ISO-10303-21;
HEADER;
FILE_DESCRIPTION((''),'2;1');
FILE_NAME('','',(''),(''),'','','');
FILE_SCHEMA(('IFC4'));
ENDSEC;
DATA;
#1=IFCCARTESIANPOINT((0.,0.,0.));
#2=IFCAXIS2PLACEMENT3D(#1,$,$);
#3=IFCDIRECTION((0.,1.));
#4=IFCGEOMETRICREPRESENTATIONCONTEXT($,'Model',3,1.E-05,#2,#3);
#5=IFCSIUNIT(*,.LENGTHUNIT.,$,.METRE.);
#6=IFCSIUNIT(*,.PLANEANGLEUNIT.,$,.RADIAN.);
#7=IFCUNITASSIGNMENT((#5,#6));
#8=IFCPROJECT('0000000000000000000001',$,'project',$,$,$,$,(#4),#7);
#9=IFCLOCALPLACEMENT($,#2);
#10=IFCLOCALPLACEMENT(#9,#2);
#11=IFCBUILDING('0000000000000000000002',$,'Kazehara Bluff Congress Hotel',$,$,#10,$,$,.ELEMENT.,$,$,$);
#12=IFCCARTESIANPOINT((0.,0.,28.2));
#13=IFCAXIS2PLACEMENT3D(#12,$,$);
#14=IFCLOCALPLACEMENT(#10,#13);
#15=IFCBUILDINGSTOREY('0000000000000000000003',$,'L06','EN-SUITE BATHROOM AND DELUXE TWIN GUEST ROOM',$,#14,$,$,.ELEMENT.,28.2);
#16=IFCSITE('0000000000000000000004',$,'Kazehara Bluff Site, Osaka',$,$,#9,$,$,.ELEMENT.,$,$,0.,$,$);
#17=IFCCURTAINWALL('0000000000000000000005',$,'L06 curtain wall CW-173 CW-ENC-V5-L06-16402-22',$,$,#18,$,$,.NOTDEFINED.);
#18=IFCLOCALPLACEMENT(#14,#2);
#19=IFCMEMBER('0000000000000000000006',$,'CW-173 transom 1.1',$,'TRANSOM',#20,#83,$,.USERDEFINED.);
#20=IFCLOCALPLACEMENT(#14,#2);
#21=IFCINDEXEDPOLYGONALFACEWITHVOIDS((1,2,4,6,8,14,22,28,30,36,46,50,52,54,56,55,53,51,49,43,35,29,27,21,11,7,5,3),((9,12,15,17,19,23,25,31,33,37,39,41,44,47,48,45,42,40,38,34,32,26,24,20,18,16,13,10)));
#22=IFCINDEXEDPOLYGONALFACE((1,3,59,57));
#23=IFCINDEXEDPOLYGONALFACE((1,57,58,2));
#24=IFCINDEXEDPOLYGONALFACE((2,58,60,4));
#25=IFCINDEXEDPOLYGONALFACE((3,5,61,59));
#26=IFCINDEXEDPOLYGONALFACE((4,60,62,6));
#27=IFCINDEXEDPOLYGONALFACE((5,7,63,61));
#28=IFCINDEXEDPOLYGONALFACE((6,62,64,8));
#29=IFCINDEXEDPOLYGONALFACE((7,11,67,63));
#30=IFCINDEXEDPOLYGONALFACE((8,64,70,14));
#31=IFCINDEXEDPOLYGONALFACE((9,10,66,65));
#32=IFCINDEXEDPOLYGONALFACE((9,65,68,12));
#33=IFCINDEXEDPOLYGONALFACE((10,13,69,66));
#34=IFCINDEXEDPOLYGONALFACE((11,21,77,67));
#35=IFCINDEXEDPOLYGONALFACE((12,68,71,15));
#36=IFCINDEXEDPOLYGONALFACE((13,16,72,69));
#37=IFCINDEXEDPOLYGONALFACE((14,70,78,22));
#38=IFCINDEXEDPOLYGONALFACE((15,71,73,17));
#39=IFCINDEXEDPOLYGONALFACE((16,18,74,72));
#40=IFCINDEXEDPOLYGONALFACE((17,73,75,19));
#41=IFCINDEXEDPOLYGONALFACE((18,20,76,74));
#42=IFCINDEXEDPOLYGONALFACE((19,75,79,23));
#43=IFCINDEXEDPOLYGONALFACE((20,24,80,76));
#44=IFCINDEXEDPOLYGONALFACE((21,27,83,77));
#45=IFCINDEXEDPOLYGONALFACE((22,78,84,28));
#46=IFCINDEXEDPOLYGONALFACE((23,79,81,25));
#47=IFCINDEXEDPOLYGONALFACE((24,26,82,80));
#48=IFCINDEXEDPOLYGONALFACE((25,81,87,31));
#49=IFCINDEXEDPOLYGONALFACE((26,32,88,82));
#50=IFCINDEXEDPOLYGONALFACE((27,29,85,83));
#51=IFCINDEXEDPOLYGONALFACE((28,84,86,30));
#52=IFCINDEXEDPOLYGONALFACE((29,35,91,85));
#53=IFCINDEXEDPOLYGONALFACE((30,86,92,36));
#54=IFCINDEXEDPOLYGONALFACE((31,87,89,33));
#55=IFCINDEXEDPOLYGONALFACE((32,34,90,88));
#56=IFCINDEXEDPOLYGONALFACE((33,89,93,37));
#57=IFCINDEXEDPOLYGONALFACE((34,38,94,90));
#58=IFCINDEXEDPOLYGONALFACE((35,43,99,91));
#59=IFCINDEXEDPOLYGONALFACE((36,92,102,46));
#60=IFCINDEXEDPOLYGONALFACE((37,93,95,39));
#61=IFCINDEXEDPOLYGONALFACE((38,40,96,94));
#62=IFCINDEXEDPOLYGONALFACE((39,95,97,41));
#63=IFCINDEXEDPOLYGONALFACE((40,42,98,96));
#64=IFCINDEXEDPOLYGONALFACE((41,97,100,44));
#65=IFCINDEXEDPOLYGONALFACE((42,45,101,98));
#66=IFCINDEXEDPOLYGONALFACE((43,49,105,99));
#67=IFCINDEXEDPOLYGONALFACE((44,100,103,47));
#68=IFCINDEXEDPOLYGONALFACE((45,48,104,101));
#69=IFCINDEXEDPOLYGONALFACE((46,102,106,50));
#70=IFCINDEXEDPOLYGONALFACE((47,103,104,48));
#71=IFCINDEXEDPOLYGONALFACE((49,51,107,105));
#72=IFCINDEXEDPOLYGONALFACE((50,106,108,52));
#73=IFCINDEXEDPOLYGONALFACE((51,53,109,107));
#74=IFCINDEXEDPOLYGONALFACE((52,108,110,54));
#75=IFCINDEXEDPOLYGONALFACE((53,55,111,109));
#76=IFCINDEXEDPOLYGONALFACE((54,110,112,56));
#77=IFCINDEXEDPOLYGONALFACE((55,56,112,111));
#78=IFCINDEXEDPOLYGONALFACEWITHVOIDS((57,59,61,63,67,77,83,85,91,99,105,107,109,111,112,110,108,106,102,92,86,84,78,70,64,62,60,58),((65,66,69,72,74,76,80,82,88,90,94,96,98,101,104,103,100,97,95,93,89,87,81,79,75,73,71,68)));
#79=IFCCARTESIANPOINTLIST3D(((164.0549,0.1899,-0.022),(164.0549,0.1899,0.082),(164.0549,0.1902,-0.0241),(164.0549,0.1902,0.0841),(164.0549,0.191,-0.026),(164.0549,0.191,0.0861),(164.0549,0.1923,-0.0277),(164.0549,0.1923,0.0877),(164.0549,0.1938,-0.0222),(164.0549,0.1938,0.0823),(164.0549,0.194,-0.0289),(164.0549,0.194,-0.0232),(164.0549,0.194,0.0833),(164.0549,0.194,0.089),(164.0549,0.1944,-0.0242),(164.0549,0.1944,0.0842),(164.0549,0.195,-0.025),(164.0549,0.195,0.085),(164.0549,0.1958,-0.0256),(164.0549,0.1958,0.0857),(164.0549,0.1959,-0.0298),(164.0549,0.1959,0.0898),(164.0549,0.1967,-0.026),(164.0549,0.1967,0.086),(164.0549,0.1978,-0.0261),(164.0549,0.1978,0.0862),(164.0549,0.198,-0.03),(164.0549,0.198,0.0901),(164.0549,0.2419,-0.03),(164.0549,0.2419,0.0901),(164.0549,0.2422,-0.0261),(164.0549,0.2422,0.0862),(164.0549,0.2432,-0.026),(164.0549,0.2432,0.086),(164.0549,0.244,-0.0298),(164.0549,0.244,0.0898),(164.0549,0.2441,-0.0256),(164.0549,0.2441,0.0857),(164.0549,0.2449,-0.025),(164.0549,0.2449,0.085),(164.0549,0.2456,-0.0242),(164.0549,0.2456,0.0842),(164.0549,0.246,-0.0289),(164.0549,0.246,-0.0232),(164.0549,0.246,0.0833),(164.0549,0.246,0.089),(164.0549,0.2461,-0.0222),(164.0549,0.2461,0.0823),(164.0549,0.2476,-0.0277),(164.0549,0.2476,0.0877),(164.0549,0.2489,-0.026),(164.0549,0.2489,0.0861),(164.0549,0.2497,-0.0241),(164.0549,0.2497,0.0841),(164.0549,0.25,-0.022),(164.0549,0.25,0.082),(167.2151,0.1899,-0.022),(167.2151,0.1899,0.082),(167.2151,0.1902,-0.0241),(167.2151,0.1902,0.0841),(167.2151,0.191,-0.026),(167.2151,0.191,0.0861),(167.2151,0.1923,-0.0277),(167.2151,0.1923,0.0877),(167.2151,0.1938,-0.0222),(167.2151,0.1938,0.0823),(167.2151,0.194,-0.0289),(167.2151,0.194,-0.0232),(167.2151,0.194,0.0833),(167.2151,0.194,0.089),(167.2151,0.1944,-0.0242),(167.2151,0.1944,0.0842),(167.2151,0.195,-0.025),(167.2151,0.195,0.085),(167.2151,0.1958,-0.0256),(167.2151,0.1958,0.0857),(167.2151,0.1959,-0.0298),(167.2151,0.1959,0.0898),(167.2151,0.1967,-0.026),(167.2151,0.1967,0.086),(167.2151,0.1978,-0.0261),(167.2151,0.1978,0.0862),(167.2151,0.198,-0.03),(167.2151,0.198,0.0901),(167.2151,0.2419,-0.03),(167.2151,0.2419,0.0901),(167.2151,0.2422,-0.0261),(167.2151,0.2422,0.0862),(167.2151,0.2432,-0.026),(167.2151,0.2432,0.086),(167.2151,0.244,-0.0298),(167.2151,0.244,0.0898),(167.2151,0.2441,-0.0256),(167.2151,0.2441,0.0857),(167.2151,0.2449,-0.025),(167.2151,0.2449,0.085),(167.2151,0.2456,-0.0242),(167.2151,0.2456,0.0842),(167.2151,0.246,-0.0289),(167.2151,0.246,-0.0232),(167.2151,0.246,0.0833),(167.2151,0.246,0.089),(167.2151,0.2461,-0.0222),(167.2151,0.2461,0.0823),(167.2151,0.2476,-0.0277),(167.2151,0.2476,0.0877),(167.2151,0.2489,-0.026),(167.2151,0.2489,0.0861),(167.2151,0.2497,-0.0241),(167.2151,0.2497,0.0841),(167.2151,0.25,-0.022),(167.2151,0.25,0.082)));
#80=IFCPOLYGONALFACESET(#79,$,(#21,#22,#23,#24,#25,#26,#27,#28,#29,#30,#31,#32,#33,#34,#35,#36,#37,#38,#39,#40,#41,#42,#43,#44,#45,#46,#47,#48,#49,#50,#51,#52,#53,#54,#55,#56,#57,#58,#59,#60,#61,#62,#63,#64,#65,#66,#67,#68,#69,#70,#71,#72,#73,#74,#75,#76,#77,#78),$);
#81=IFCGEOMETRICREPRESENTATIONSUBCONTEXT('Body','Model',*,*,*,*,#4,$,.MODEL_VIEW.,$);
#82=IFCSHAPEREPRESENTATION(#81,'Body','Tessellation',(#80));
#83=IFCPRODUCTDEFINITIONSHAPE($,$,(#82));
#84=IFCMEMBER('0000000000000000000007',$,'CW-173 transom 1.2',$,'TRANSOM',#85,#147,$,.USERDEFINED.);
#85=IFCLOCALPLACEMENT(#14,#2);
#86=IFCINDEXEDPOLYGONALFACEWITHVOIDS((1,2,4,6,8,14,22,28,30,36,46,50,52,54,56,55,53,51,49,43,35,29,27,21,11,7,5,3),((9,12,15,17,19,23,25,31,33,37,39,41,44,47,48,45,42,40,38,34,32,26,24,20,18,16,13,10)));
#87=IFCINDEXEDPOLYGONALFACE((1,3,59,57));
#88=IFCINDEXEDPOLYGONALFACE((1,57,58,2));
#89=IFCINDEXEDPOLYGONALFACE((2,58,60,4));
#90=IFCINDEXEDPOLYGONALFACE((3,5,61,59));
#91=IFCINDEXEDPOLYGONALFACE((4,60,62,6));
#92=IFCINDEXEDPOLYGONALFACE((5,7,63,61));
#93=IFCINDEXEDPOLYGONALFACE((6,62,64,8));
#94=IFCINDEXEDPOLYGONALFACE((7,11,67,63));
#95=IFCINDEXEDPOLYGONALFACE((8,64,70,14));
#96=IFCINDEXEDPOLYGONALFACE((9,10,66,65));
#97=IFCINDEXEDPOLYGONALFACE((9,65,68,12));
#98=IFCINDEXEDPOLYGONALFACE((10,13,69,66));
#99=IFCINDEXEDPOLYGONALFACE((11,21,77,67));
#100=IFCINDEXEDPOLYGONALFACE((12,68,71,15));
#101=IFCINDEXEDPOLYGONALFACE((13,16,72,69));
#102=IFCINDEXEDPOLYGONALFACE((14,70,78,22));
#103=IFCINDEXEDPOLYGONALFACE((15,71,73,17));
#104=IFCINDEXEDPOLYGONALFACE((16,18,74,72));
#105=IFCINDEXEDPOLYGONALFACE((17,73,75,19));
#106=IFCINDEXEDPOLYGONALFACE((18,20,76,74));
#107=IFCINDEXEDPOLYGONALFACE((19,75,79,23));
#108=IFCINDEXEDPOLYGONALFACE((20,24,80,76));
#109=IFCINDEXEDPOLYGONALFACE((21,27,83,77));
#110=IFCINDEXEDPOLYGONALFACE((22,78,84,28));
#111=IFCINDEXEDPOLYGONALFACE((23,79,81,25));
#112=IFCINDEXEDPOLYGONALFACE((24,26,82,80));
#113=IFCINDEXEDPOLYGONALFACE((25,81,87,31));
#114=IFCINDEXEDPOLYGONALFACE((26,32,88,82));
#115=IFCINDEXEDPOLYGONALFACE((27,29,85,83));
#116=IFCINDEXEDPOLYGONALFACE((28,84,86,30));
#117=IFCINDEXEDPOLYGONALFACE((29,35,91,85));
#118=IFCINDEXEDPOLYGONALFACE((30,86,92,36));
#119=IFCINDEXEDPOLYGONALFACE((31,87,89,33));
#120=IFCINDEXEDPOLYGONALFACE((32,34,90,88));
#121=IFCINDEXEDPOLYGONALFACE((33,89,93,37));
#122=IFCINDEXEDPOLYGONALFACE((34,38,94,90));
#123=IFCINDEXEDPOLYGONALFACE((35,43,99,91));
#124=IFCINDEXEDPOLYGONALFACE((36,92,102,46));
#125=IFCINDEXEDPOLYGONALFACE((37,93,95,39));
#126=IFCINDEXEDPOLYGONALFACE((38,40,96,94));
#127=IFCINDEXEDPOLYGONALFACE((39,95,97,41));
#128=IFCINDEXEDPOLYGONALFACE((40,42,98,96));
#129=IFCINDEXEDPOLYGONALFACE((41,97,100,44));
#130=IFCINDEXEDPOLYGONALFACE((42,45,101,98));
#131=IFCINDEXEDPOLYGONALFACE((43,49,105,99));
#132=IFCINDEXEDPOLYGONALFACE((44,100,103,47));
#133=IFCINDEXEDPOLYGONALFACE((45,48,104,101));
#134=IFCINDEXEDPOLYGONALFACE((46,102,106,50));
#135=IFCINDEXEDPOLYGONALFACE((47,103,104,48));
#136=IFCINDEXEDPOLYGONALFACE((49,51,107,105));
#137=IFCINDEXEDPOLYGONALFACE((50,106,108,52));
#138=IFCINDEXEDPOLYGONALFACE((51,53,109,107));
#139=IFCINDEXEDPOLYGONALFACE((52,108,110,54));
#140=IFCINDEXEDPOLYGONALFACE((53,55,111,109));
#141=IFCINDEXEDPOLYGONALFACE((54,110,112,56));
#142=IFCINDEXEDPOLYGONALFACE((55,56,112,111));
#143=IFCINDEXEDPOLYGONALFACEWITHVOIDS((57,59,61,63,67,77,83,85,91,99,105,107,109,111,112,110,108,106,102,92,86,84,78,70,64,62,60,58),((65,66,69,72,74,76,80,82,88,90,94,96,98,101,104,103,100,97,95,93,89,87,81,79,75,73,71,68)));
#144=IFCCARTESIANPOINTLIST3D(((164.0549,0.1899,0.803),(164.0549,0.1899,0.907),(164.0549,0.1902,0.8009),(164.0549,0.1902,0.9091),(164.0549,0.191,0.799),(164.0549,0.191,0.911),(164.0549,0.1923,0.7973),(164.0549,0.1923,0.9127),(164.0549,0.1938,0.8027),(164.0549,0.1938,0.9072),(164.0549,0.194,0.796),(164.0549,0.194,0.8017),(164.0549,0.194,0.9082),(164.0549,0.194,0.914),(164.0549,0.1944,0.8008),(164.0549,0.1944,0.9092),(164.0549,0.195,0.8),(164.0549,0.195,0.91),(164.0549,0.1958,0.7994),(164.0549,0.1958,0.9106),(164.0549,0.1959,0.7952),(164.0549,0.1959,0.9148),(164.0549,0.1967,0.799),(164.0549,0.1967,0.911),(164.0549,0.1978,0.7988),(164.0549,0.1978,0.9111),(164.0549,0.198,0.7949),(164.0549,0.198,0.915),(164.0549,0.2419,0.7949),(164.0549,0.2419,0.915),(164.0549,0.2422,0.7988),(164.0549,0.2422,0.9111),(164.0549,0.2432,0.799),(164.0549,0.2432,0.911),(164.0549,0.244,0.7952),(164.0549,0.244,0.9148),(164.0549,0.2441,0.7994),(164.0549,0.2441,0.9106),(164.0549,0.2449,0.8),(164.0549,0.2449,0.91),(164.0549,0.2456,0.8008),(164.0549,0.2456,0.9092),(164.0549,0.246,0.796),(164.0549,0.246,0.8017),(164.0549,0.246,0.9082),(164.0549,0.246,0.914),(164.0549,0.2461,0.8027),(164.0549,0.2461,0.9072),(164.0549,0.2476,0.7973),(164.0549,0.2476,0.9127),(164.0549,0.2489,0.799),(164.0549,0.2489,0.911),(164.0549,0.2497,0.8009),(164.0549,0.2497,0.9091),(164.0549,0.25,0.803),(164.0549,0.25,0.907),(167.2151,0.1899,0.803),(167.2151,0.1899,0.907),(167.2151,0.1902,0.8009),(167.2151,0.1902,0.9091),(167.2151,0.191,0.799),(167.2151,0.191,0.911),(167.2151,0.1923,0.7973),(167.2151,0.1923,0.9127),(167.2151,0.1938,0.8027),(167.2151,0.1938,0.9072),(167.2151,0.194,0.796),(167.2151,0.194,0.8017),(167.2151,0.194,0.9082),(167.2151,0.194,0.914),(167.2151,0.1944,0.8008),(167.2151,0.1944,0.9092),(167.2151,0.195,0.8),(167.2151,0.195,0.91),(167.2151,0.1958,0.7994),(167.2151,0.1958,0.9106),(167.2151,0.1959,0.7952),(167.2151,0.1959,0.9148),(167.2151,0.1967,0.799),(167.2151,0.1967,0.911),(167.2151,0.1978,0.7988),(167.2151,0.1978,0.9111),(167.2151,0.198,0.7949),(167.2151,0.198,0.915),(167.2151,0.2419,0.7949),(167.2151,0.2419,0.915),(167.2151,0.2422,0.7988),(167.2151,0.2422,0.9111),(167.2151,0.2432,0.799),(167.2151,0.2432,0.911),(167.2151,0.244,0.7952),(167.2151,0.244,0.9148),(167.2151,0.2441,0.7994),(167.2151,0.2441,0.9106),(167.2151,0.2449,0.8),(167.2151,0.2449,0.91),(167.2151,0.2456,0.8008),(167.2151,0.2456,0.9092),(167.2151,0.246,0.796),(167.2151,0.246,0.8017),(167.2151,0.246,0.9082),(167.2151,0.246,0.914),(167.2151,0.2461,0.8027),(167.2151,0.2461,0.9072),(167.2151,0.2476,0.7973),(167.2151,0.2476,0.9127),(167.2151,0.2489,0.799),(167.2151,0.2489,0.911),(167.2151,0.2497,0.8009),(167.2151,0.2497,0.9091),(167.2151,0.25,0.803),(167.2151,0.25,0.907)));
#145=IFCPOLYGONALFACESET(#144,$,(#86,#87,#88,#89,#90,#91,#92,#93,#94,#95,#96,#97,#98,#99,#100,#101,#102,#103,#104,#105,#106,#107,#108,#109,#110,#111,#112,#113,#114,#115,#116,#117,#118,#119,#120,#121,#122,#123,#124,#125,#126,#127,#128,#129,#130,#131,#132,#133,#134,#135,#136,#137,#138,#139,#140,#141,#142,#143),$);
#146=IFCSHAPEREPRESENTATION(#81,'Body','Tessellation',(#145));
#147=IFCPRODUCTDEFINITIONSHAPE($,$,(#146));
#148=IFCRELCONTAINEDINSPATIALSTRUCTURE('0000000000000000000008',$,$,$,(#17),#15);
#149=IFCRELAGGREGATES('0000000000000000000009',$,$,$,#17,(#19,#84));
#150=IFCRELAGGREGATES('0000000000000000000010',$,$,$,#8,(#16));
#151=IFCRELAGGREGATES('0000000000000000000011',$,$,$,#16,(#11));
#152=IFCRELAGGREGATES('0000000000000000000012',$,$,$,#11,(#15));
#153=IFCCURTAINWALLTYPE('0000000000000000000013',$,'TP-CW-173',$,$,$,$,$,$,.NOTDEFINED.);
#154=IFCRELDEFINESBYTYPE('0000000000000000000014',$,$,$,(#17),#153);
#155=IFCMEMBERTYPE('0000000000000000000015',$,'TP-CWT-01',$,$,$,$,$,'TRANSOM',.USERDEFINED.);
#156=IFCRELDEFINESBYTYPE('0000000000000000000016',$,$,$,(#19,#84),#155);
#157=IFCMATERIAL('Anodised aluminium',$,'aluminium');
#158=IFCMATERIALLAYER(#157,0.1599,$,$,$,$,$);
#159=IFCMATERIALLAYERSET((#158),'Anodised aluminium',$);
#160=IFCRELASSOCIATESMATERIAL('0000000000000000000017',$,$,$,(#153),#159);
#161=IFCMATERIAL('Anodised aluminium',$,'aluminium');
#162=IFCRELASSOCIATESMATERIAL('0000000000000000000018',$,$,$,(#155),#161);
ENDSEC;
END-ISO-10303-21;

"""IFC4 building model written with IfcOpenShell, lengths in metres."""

from ifc_helpers import new_model, si_unit, direction, frame, origin, origin_2d, place, context, subcontext, project, spatial, hollow_rectangle, extrude, material, layer, layer_set, material_profile, profile_set, type_object, element, aggregate, save


model = new_model("IFC4")

# Units and contexts
model_context = context("Model", 3, precision=1e-05, world=origin(), true_north=direction((0.0, 1.0)))
body_context = subcontext(model_context, "Body", "Model", "MODEL_VIEW")
ifc_project = project(units=[si_unit("LENGTHUNIT", "METRE"), si_unit("PLANEANGLEUNIT", "RADIAN")], contexts=[model_context])

# Site, building, storey
site_placement = place(None, origin())
site = spatial("IfcSite", under=ifc_project, at=site_placement, Name="Kazehara Bluff Site, Osaka", CompositionType="ELEMENT", RefElevation=0.0)
building_placement = place(site_placement, origin())
building = spatial("IfcBuilding", under=site, at=building_placement, Name="Kazehara Bluff Congress Hotel", CompositionType="ELEMENT")
storey_placement = place(building_placement, frame((0.0, 0.0, 28.2)))
storey = spatial("IfcBuildingStorey", under=building, at=storey_placement, Name="L06", Description="EN-SUITE BATHROOM AND DELUXE TWIN GUEST ROOM", CompositionType="ELEMENT", Elevation=28.2)

# Curtain wall
ifc_material_1 = material(Name="Anodised aluminium", Category="aluminium")
ifc_layer_1 = layer(ifc_material_1, 0.1599)
ifc_layer_set_1 = layer_set([ifc_layer_1], Name="Anodised aluminium")
curtain_wall_type_1 = type_object("IfcCurtainWallType", Name="TP-CW-173", PredefinedType="NOTDEFINED", material=ifc_layer_set_1)
curtain_wall_1_placement = place(storey_placement, origin())
curtain_wall_1 = element("IfcCurtainWall", 1, at=curtain_wall_1_placement, inside=storey, type_object=curtain_wall_type_1, Name="L06 curtain wall CW-173 CW-ENC-V5-L06-16402-22", PredefinedType="NOTDEFINED")

# Members
ifc_material_2 = material(Name="Anodised aluminium", Category="aluminium")
ifc_material_profile_1 = material_profile(ifc_material_2, hollow_rectangle(XDim=0.0601, YDim=0.1201, WallThickness=0.0039, InnerFilletRadius=0.0039, OuterFilletRadius=0.0081, at=origin_2d()))
ifc_profile_set_1 = profile_set([ifc_material_profile_1], Name="Anodised aluminium")
member_type_1 = type_object("IfcMemberType", Name="TP-CWT-01", ElementType="TRANSOM", PredefinedType="USERDEFINED", material=ifc_profile_set_1)
member_1_placement = place(storey_placement, frame((167.2151, 0.22, 0.03), z_axis=(-1.0, 0.0, 0.0), x_axis=(0.0, -1.0, 0.0)))
member_1 = element("IfcMember", 2, at=member_1_placement, type_object=member_type_1, Name="CW-173 transom 1.1", ObjectType="TRANSOM", PredefinedType="USERDEFINED", context=body_context, shape_type="SweptSolid", body=[
    extrude(hollow_rectangle(XDim=0.0601, YDim=0.1201, WallThickness=0.0039, InnerFilletRadius=0.0039, OuterFilletRadius=0.0081, at=origin_2d()), origin(), (0.0, 0.0, 1.0), 3.1602),
])
member_2_placement = place(storey_placement, frame((167.2151, 0.22, 0.855), z_axis=(-1.0, 0.0, 0.0), x_axis=(0.0, -1.0, 0.0)))
member_2 = element("IfcMember", 3, at=member_2_placement, type_object=member_type_1, Name="CW-173 transom 1.2", ObjectType="TRANSOM", PredefinedType="USERDEFINED", context=body_context, shape_type="SweptSolid", body=[
    extrude(hollow_rectangle(XDim=0.0601, YDim=0.1201, WallThickness=0.0039, InnerFilletRadius=0.0039, OuterFilletRadius=0.0081, at=origin_2d()), origin(), (0.0, 0.0, 1.0), 3.1602),
])

aggregate(curtain_wall_1, [member_1, member_2])

save(model, "model.ifc")
